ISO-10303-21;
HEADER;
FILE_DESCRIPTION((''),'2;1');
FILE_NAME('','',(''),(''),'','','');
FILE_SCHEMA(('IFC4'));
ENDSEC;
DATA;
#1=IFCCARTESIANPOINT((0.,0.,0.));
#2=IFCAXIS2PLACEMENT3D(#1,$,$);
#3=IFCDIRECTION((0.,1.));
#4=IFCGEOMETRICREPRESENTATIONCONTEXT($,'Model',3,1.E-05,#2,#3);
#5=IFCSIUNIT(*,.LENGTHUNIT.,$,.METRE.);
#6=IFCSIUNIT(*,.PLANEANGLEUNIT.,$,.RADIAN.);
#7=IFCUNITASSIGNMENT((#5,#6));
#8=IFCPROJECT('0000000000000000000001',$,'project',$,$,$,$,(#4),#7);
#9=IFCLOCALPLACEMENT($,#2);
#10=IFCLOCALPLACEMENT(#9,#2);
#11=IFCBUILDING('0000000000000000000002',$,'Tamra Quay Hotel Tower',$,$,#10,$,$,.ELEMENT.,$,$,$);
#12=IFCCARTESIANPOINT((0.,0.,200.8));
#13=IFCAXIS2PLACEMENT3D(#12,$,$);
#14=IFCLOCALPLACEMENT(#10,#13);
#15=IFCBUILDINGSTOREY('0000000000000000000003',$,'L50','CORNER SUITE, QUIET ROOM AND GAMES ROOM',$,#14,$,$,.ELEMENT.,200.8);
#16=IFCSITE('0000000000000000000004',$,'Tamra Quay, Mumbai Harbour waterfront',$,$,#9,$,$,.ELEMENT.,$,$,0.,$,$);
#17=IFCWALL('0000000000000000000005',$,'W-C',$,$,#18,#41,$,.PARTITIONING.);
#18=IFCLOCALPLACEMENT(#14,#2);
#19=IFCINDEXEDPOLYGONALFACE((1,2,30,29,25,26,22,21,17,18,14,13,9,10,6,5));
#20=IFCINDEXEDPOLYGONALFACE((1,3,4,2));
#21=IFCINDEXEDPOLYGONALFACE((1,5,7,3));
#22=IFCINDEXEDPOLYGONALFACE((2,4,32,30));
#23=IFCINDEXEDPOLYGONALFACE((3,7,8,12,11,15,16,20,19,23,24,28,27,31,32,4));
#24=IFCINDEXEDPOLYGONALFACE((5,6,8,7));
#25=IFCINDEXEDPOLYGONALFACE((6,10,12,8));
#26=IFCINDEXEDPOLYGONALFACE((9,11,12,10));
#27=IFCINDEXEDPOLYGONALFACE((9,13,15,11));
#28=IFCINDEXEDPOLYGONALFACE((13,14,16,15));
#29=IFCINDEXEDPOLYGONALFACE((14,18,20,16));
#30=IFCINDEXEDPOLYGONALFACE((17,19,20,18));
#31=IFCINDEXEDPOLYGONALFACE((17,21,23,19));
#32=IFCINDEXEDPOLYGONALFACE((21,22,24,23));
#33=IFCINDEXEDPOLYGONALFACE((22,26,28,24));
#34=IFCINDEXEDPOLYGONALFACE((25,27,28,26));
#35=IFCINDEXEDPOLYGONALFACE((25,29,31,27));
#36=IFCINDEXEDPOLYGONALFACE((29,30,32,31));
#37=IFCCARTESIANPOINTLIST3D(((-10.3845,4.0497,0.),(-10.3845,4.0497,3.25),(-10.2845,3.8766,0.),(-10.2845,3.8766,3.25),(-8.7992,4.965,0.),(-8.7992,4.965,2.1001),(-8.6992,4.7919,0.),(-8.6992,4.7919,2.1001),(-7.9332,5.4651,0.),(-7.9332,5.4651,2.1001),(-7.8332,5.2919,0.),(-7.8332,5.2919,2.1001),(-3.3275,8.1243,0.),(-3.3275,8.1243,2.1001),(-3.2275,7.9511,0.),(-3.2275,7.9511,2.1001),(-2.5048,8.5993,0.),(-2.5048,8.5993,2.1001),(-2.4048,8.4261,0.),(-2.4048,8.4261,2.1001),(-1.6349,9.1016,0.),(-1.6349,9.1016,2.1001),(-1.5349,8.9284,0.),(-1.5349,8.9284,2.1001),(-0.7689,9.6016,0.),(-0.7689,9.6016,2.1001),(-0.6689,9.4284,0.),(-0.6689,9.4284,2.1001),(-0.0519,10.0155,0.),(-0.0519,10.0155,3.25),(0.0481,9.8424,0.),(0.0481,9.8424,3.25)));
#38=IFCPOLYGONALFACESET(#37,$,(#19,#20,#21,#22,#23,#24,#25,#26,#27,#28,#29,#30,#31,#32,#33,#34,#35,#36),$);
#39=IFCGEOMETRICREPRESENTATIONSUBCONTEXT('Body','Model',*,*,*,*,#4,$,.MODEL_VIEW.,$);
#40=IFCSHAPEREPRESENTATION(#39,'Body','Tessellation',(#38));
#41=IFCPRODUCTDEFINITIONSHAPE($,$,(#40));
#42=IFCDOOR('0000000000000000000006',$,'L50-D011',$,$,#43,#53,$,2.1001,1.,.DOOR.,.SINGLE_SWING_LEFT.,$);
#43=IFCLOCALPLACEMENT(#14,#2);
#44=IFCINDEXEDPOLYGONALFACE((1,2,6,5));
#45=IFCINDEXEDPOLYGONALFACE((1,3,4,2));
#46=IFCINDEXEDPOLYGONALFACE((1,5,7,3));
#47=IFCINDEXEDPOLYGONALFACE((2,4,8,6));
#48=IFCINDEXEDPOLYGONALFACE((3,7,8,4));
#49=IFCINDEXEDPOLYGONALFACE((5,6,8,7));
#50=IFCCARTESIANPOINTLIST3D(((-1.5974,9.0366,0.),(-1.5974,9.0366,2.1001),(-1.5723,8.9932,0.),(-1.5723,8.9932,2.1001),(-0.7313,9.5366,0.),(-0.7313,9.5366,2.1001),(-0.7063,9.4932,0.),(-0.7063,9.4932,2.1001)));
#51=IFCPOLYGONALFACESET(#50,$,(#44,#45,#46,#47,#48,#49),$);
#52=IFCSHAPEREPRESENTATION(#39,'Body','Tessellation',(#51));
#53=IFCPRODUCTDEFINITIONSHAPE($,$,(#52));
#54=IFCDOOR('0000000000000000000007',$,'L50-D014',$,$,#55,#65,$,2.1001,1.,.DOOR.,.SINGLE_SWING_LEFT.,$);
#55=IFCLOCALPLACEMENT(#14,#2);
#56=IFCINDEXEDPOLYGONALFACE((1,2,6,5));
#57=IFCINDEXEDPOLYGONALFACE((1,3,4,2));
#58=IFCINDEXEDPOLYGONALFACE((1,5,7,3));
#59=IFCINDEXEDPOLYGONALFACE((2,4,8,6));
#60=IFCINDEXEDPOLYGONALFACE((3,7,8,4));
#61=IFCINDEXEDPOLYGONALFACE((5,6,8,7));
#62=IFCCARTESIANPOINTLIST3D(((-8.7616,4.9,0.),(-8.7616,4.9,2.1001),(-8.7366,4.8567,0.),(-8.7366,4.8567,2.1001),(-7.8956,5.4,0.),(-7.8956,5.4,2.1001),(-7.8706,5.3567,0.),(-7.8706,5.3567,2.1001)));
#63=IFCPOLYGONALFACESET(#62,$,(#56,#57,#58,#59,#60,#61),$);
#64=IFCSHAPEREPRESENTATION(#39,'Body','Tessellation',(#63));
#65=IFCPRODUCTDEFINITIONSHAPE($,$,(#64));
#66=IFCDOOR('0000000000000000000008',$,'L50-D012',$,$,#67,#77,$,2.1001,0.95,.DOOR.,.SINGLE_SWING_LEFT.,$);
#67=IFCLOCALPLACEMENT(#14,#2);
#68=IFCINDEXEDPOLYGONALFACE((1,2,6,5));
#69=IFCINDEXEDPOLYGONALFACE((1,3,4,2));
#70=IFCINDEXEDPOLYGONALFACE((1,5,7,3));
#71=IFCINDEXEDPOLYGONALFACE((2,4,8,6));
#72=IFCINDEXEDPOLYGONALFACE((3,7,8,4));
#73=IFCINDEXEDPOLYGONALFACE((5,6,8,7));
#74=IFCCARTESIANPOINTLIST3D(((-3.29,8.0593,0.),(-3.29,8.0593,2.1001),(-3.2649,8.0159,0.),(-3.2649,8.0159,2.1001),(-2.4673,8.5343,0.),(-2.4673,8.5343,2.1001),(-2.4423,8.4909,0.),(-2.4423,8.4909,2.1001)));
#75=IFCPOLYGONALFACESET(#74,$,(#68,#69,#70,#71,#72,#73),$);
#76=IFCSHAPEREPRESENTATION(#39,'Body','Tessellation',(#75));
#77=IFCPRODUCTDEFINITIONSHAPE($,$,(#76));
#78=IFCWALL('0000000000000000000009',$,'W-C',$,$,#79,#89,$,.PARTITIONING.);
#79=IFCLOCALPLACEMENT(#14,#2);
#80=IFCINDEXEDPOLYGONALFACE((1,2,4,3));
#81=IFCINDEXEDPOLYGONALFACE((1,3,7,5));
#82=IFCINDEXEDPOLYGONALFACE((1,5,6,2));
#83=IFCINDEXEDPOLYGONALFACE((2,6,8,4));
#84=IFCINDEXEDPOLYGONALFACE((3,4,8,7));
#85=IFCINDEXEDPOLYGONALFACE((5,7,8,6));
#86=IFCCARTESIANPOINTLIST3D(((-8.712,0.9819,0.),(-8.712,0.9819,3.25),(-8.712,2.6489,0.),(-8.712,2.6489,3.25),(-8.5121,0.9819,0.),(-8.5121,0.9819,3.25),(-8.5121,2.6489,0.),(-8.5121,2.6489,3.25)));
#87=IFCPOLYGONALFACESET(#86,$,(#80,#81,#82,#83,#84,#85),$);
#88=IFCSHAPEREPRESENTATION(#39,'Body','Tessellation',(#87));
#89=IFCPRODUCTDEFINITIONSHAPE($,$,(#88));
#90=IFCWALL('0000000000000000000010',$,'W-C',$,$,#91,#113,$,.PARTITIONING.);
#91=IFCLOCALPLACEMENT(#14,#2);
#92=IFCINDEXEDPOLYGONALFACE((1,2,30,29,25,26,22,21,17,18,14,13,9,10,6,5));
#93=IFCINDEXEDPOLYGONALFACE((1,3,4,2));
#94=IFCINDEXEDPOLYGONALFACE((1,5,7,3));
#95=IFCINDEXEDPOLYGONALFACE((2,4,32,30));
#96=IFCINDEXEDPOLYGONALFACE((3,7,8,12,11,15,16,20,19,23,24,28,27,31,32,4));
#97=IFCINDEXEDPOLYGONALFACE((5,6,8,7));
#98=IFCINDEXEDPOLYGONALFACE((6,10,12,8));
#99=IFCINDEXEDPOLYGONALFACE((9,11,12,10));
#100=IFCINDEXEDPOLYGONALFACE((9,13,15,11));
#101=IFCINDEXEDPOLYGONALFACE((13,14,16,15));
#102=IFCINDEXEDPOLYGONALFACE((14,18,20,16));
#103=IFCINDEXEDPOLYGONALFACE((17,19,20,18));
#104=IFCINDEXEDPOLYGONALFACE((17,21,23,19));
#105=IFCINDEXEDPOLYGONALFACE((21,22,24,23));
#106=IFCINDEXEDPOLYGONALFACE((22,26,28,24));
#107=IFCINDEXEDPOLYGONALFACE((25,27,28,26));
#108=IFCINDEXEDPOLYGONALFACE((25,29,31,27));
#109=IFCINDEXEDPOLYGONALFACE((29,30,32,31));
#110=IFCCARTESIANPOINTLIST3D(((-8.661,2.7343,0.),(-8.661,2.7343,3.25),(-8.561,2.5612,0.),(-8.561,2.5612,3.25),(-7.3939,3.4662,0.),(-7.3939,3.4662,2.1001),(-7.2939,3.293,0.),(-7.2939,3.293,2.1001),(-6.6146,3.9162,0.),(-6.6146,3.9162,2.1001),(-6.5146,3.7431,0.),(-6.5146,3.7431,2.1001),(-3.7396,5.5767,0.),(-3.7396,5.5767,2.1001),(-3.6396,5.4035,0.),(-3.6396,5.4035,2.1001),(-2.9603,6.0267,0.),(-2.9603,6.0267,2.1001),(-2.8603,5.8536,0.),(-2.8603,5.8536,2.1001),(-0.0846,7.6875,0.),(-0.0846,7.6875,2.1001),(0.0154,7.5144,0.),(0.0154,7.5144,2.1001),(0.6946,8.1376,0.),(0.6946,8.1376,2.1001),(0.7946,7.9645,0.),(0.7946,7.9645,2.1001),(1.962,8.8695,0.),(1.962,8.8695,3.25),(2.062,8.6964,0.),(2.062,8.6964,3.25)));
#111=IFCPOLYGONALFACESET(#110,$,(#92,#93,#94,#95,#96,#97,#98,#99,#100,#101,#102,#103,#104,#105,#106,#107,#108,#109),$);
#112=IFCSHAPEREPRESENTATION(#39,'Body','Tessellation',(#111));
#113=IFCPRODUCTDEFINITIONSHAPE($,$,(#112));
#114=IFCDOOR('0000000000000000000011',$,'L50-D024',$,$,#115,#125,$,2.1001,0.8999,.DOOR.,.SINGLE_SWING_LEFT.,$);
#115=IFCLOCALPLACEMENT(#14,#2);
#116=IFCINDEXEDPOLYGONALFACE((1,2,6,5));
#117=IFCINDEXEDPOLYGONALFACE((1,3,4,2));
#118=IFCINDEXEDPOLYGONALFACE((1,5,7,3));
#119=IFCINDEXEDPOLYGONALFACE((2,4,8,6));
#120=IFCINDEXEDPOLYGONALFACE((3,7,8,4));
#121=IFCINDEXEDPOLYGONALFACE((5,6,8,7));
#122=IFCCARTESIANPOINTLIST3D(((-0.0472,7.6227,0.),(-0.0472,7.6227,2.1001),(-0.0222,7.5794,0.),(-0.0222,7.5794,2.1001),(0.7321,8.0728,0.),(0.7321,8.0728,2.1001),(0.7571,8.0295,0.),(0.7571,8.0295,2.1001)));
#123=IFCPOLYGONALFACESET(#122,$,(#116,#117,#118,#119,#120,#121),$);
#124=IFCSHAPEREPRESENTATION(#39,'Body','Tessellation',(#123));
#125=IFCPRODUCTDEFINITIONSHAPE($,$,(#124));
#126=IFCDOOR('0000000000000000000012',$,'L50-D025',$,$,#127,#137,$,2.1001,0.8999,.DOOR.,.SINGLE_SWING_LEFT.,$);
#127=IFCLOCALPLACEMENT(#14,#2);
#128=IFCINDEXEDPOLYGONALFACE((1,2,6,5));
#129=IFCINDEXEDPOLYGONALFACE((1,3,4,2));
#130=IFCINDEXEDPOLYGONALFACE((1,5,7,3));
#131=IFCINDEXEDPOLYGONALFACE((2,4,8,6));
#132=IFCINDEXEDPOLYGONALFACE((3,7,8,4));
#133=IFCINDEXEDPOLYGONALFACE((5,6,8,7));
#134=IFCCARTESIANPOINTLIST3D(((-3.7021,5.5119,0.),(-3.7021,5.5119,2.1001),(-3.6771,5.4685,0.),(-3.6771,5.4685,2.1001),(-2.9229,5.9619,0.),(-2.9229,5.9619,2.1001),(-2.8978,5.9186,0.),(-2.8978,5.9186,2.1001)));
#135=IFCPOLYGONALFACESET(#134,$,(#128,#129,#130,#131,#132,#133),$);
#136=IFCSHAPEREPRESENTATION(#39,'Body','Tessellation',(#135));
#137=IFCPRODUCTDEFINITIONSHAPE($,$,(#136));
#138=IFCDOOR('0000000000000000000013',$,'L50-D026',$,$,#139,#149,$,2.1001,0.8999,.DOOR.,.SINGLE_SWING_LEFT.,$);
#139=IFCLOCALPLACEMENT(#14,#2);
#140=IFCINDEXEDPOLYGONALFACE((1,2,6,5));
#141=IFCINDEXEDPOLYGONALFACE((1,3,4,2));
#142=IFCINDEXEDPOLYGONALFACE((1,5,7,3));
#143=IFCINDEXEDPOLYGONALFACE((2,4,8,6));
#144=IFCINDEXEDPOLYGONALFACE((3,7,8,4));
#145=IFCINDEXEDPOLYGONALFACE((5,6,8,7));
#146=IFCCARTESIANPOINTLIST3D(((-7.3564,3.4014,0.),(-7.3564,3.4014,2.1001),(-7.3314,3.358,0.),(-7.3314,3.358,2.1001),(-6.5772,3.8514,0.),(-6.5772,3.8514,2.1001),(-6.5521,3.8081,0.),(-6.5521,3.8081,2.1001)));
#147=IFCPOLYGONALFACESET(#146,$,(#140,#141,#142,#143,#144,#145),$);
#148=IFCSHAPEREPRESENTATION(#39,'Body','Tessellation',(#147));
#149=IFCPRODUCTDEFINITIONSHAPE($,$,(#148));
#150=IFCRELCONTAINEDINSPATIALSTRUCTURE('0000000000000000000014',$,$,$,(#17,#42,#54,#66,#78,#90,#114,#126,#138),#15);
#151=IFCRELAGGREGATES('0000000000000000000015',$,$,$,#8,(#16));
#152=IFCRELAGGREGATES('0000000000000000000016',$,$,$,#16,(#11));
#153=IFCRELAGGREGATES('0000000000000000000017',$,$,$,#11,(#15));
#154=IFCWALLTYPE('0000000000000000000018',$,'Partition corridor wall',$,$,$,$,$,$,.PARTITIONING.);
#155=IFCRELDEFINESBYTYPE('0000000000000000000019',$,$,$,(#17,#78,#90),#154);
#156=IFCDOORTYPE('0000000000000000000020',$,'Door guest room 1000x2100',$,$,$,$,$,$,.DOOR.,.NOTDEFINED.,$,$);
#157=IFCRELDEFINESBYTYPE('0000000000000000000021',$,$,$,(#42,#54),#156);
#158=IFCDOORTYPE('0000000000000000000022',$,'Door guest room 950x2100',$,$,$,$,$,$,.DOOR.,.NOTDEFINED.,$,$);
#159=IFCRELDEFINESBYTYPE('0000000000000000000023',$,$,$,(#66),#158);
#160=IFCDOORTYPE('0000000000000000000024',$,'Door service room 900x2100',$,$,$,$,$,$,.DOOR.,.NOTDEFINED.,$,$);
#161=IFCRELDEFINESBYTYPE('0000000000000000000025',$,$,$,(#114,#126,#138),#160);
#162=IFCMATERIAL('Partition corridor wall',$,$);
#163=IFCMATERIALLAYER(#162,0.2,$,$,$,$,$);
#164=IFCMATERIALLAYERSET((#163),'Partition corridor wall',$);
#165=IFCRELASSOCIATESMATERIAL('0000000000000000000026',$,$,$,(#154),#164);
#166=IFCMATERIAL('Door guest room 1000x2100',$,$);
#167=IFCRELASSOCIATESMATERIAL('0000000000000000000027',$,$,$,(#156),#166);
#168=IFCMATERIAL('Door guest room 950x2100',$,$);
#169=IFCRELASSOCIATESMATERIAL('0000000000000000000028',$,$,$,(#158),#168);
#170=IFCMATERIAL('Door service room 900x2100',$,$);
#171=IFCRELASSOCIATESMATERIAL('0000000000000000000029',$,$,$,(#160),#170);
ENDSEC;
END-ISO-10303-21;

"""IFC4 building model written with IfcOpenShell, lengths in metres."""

from ifc_helpers import new_model, si_unit, direction, frame, frame_2d, origin, place, context, subcontext, project, spatial, rectangle, extrude, material, layer, layer_set, type_object, element, fill, save


model = new_model("IFC4")

# Units and contexts
model_context = context("Model", 3, precision=1e-05, world=origin(), true_north=direction((0.0, 1.0)))
body_context = subcontext(model_context, "Body", "Model", "MODEL_VIEW")
ifc_project = project(units=[si_unit("LENGTHUNIT", "METRE"), si_unit("PLANEANGLEUNIT", "RADIAN")], contexts=[model_context])

# Site, building, storey
site_placement = place(None, origin())
site = spatial("IfcSite", under=ifc_project, at=site_placement, Name="Tamra Quay, Mumbai Harbour waterfront", CompositionType="ELEMENT", RefElevation=0.0)
building_placement = place(site_placement, origin())
building = spatial("IfcBuilding", under=site, at=building_placement, Name="Tamra Quay Hotel Tower", CompositionType="ELEMENT")
storey_placement = place(building_placement, frame((0.0, 0.0, 200.8)))
storey = spatial("IfcBuildingStorey", under=building, at=storey_placement, Name="L50", Description="CORNER SUITE, QUIET ROOM AND GAMES ROOM", CompositionType="ELEMENT", Elevation=200.8)

# Wall, openings, doors
ifc_material_1 = material(Name="Partition corridor wall")
ifc_layer_1 = layer(ifc_material_1, 0.2)
ifc_layer_set_1 = layer_set([ifc_layer_1], Name="Partition corridor wall")
wall_type_1 = type_object("IfcWallType", Name="Partition corridor wall", PredefinedType="PARTITIONING", material=ifc_layer_set_1)
wall_1_placement = place(storey_placement, frame((-10.3345, 3.9631, 0.0), z_axis=(0.0, 0.0, 1.0), x_axis=(0.866013, 0.500021, 0.0)))
wall_1 = element("IfcWall", 1, at=wall_1_placement, inside=storey, type_object=wall_type_1, Name="W-C", PredefinedType="PARTITIONING", context=body_context, shape_type="SweptSolid", body=[
    extrude(rectangle(XDim=11.9312, YDim=0.2, at=frame_2d((5.9656, 0.0))), origin(), (0.0, 0.0, 1.0), 3.25),
])
opening_1_placement = place(wall_1_placement, frame((10.1033, 0.0, 0.0)))
opening_1 = element("IfcOpeningElement", 2, at=opening_1_placement, cuts=wall_1, PredefinedType="OPENING", context=body_context, shape_type="SweptSolid", body=[
    extrude(rectangle(XDim=1.0, YDim=2.1001, at=frame_2d((0.5, 1.05))), frame((0.0, 0.1099, 0.0), z_axis=(0.0, -1.0, 0.0), x_axis=(1.0, 0.0, 0.0)), (0.0, 0.0, 1.0), 0.22),
])
opening_2_placement = place(wall_1_placement, frame((8.1487, 0.0, 0.0)))
opening_2 = element("IfcOpeningElement", 3, at=opening_2_placement, cuts=wall_1, PredefinedType="OPENING", context=body_context, shape_type="SweptSolid", body=[
    extrude(rectangle(XDim=0.95, YDim=2.1001, at=frame_2d((0.4751, 1.05))), frame((0.0, 0.1099, 0.0), z_axis=(0.0, -1.0, 0.0), x_axis=(1.0, 0.0, 0.0)), (0.0, 0.0, 1.0), 0.22),
])
opening_3_placement = place(wall_1_placement, frame((1.8306, 0.0, 0.0)))
opening_3 = element("IfcOpeningElement", 4, at=opening_3_placement, cuts=wall_1, PredefinedType="OPENING", context=body_context, shape_type="SweptSolid", body=[
    extrude(rectangle(XDim=1.0, YDim=2.1001, at=frame_2d((0.5, 1.05))), frame((0.0, 0.1099, 0.0), z_axis=(0.0, -1.0, 0.0), x_axis=(1.0, 0.0, 0.0)), (0.0, 0.0, 1.0), 0.22),
])
ifc_material_2 = material(Name="Door guest room 1000x2100")
door_type_1 = type_object("IfcDoorType", Name="Door guest room 1000x2100", OperationType="NOTDEFINED", PredefinedType="DOOR", material=ifc_material_2)
door_1_placement = place(opening_1_placement, origin())
door_1 = element("IfcDoor", 5, at=door_1_placement, inside=storey, type_object=door_type_1, Name="L50-D011", OperationType="SINGLE_SWING_LEFT", OverallHeight=2.1001, OverallWidth=1.0, PredefinedType="DOOR", context=body_context, shape_type="SweptSolid", body=[
    extrude(rectangle(XDim=1.0, YDim=2.1001, at=frame_2d((0.5, 1.05))), frame((0.0, 0.0249, 0.0), z_axis=(0.0, -1.0, 0.0), x_axis=(1.0, 0.0, 0.0)), (0.0, 0.0, 1.0), 0.05),
])
fill(opening_1, door_1)
door_2_placement = place(opening_3_placement, origin())
door_2 = element("IfcDoor", 6, at=door_2_placement, inside=storey, type_object=door_type_1, Name="L50-D014", OperationType="SINGLE_SWING_LEFT", OverallHeight=2.1001, OverallWidth=1.0, PredefinedType="DOOR", context=body_context, shape_type="SweptSolid", body=[
    extrude(rectangle(XDim=1.0, YDim=2.1001, at=frame_2d((0.5, 1.05))), frame((0.0, 0.0249, 0.0), z_axis=(0.0, -1.0, 0.0), x_axis=(1.0, 0.0, 0.0)), (0.0, 0.0, 1.0), 0.05),
])
fill(opening_3, door_2)
ifc_material_3 = material(Name="Door guest room 950x2100")
door_type_2 = type_object("IfcDoorType", Name="Door guest room 950x2100", OperationType="NOTDEFINED", PredefinedType="DOOR", material=ifc_material_3)
door_3_placement = place(opening_2_placement, origin())
door_3 = element("IfcDoor", 7, at=door_3_placement, inside=storey, type_object=door_type_2, Name="L50-D012", OperationType="SINGLE_SWING_LEFT", OverallHeight=2.1001, OverallWidth=0.95, PredefinedType="DOOR", context=body_context, shape_type="SweptSolid", body=[
    extrude(rectangle(XDim=0.95, YDim=2.1001, at=frame_2d((0.4751, 1.05))), frame((0.0, 0.0249, 0.0), z_axis=(0.0, -1.0, 0.0), x_axis=(1.0, 0.0, 0.0)), (0.0, 0.0, 1.0), 0.05),
])
fill(opening_2, door_3)

# Wall
wall_2_placement = place(storey_placement, frame((-8.6121, 0.9819, 0.0), z_axis=(0.0, 0.0, 1.0), x_axis=(0.0, 1.0, 0.0)))
element("IfcWall", 8, at=wall_2_placement, inside=storey, type_object=wall_type_1, Name="W-C", PredefinedType="PARTITIONING", context=body_context, shape_type="SweptSolid", body=[
    extrude(rectangle(XDim=1.667, YDim=0.2, at=frame_2d((0.8335, 0.0))), origin(), (0.0, 0.0, 1.0), 3.25),
])

# Wall, openings, doors
wall_3_placement = place(storey_placement, frame((-8.6111, 2.6477, 0.0), z_axis=(0.0, 0.0, 1.0), x_axis=(0.865954, 0.500124, 0.0)))
wall_3 = element("IfcWall", 9, at=wall_3_placement, inside=storey, type_object=wall_type_1, Name="W-C", PredefinedType="PARTITIONING", context=body_context, shape_type="SweptSolid", body=[
    extrude(rectangle(XDim=12.2673, YDim=0.2, at=frame_2d((6.1338, 0.0))), origin(), (0.0, 0.0, 1.0), 3.25),
])
opening_4_placement = place(wall_3_placement, frame((9.9041, 0.0, 0.0)))
opening_4 = element("IfcOpeningElement", 10, at=opening_4_placement, cuts=wall_3, PredefinedType="OPENING", context=body_context, shape_type="SweptSolid", body=[
    extrude(rectangle(XDim=0.8999, YDim=2.1001, at=frame_2d((0.45, 1.05))), frame((0.0, 0.1099, 0.0), z_axis=(0.0, -1.0, 0.0), x_axis=(1.0, 0.0, 0.0)), (0.0, 0.0, 1.0), 0.22),
])
opening_5_placement = place(wall_3_placement, frame((5.6833, 0.0, 0.0)))
opening_5 = element("IfcOpeningElement", 11, at=opening_5_placement, cuts=wall_3, PredefinedType="OPENING", context=body_context, shape_type="SweptSolid", body=[
    extrude(rectangle(XDim=0.8999, YDim=2.1001, at=frame_2d((0.45, 1.05))), frame((0.0, 0.1099, 0.0), z_axis=(0.0, -1.0, 0.0), x_axis=(1.0, 0.0, 0.0)), (0.0, 0.0, 1.0), 0.22),
])
opening_6_placement = place(wall_3_placement, frame((1.4634, 0.0, 0.0)))
opening_6 = element("IfcOpeningElement", 12, at=opening_6_placement, cuts=wall_3, PredefinedType="OPENING", context=body_context, shape_type="SweptSolid", body=[
    extrude(rectangle(XDim=0.8999, YDim=2.1001, at=frame_2d((0.45, 1.05))), frame((0.0, 0.1099, 0.0), z_axis=(0.0, -1.0, 0.0), x_axis=(1.0, 0.0, 0.0)), (0.0, 0.0, 1.0), 0.22),
])
ifc_material_4 = material(Name="Door service room 900x2100")
door_type_3 = type_object("IfcDoorType", Name="Door service room 900x2100", OperationType="NOTDEFINED", PredefinedType="DOOR", material=ifc_material_4)
door_4_placement = place(opening_4_placement, frame((0.8999, 0.0, 0.0), z_axis=(0.0, 0.0, 1.0), x_axis=(-1.0, 0.0, 0.0)))
door_4 = element("IfcDoor", 13, at=door_4_placement, inside=storey, type_object=door_type_3, Name="L50-D024", OperationType="SINGLE_SWING_LEFT", OverallHeight=2.1001, OverallWidth=0.8999, PredefinedType="DOOR", context=body_context, shape_type="SweptSolid", body=[
    extrude(rectangle(XDim=0.8999, YDim=2.1001, at=frame_2d((0.45, 1.05))), frame((0.0, 0.0249, 0.0), z_axis=(0.0, -1.0, 0.0), x_axis=(1.0, 0.0, 0.0)), (0.0, 0.0, 1.0), 0.05),
])
fill(opening_4, door_4)
door_5_placement = place(opening_5_placement, frame((0.8999, 0.0, 0.0), z_axis=(0.0, 0.0, 1.0), x_axis=(-1.0, 0.0, 0.0)))
door_5 = element("IfcDoor", 14, at=door_5_placement, inside=storey, type_object=door_type_3, Name="L50-D025", OperationType="SINGLE_SWING_LEFT", OverallHeight=2.1001, OverallWidth=0.8999, PredefinedType="DOOR", context=body_context, shape_type="SweptSolid", body=[
    extrude(rectangle(XDim=0.8999, YDim=2.1001, at=frame_2d((0.45, 1.05))), frame((0.0, 0.0249, 0.0), z_axis=(0.0, -1.0, 0.0), x_axis=(1.0, 0.0, 0.0)), (0.0, 0.0, 1.0), 0.05),
])
fill(opening_5, door_5)
door_6_placement = place(opening_6_placement, frame((0.8999, 0.0, 0.0), z_axis=(0.0, 0.0, 1.0), x_axis=(-1.0, 0.0, 0.0)))
door_6 = element("IfcDoor", 15, at=door_6_placement, inside=storey, type_object=door_type_3, Name="L50-D026", OperationType="SINGLE_SWING_LEFT", OverallHeight=2.1001, OverallWidth=0.8999, PredefinedType="DOOR", context=body_context, shape_type="SweptSolid", body=[
    extrude(rectangle(XDim=0.8999, YDim=2.1001, at=frame_2d((0.45, 1.05))), frame((0.0, 0.0249, 0.0), z_axis=(0.0, -1.0, 0.0), x_axis=(1.0, 0.0, 0.0)), (0.0, 0.0, 1.0), 0.05),
])
fill(opening_6, door_6)

save(model, "model.ifc")
